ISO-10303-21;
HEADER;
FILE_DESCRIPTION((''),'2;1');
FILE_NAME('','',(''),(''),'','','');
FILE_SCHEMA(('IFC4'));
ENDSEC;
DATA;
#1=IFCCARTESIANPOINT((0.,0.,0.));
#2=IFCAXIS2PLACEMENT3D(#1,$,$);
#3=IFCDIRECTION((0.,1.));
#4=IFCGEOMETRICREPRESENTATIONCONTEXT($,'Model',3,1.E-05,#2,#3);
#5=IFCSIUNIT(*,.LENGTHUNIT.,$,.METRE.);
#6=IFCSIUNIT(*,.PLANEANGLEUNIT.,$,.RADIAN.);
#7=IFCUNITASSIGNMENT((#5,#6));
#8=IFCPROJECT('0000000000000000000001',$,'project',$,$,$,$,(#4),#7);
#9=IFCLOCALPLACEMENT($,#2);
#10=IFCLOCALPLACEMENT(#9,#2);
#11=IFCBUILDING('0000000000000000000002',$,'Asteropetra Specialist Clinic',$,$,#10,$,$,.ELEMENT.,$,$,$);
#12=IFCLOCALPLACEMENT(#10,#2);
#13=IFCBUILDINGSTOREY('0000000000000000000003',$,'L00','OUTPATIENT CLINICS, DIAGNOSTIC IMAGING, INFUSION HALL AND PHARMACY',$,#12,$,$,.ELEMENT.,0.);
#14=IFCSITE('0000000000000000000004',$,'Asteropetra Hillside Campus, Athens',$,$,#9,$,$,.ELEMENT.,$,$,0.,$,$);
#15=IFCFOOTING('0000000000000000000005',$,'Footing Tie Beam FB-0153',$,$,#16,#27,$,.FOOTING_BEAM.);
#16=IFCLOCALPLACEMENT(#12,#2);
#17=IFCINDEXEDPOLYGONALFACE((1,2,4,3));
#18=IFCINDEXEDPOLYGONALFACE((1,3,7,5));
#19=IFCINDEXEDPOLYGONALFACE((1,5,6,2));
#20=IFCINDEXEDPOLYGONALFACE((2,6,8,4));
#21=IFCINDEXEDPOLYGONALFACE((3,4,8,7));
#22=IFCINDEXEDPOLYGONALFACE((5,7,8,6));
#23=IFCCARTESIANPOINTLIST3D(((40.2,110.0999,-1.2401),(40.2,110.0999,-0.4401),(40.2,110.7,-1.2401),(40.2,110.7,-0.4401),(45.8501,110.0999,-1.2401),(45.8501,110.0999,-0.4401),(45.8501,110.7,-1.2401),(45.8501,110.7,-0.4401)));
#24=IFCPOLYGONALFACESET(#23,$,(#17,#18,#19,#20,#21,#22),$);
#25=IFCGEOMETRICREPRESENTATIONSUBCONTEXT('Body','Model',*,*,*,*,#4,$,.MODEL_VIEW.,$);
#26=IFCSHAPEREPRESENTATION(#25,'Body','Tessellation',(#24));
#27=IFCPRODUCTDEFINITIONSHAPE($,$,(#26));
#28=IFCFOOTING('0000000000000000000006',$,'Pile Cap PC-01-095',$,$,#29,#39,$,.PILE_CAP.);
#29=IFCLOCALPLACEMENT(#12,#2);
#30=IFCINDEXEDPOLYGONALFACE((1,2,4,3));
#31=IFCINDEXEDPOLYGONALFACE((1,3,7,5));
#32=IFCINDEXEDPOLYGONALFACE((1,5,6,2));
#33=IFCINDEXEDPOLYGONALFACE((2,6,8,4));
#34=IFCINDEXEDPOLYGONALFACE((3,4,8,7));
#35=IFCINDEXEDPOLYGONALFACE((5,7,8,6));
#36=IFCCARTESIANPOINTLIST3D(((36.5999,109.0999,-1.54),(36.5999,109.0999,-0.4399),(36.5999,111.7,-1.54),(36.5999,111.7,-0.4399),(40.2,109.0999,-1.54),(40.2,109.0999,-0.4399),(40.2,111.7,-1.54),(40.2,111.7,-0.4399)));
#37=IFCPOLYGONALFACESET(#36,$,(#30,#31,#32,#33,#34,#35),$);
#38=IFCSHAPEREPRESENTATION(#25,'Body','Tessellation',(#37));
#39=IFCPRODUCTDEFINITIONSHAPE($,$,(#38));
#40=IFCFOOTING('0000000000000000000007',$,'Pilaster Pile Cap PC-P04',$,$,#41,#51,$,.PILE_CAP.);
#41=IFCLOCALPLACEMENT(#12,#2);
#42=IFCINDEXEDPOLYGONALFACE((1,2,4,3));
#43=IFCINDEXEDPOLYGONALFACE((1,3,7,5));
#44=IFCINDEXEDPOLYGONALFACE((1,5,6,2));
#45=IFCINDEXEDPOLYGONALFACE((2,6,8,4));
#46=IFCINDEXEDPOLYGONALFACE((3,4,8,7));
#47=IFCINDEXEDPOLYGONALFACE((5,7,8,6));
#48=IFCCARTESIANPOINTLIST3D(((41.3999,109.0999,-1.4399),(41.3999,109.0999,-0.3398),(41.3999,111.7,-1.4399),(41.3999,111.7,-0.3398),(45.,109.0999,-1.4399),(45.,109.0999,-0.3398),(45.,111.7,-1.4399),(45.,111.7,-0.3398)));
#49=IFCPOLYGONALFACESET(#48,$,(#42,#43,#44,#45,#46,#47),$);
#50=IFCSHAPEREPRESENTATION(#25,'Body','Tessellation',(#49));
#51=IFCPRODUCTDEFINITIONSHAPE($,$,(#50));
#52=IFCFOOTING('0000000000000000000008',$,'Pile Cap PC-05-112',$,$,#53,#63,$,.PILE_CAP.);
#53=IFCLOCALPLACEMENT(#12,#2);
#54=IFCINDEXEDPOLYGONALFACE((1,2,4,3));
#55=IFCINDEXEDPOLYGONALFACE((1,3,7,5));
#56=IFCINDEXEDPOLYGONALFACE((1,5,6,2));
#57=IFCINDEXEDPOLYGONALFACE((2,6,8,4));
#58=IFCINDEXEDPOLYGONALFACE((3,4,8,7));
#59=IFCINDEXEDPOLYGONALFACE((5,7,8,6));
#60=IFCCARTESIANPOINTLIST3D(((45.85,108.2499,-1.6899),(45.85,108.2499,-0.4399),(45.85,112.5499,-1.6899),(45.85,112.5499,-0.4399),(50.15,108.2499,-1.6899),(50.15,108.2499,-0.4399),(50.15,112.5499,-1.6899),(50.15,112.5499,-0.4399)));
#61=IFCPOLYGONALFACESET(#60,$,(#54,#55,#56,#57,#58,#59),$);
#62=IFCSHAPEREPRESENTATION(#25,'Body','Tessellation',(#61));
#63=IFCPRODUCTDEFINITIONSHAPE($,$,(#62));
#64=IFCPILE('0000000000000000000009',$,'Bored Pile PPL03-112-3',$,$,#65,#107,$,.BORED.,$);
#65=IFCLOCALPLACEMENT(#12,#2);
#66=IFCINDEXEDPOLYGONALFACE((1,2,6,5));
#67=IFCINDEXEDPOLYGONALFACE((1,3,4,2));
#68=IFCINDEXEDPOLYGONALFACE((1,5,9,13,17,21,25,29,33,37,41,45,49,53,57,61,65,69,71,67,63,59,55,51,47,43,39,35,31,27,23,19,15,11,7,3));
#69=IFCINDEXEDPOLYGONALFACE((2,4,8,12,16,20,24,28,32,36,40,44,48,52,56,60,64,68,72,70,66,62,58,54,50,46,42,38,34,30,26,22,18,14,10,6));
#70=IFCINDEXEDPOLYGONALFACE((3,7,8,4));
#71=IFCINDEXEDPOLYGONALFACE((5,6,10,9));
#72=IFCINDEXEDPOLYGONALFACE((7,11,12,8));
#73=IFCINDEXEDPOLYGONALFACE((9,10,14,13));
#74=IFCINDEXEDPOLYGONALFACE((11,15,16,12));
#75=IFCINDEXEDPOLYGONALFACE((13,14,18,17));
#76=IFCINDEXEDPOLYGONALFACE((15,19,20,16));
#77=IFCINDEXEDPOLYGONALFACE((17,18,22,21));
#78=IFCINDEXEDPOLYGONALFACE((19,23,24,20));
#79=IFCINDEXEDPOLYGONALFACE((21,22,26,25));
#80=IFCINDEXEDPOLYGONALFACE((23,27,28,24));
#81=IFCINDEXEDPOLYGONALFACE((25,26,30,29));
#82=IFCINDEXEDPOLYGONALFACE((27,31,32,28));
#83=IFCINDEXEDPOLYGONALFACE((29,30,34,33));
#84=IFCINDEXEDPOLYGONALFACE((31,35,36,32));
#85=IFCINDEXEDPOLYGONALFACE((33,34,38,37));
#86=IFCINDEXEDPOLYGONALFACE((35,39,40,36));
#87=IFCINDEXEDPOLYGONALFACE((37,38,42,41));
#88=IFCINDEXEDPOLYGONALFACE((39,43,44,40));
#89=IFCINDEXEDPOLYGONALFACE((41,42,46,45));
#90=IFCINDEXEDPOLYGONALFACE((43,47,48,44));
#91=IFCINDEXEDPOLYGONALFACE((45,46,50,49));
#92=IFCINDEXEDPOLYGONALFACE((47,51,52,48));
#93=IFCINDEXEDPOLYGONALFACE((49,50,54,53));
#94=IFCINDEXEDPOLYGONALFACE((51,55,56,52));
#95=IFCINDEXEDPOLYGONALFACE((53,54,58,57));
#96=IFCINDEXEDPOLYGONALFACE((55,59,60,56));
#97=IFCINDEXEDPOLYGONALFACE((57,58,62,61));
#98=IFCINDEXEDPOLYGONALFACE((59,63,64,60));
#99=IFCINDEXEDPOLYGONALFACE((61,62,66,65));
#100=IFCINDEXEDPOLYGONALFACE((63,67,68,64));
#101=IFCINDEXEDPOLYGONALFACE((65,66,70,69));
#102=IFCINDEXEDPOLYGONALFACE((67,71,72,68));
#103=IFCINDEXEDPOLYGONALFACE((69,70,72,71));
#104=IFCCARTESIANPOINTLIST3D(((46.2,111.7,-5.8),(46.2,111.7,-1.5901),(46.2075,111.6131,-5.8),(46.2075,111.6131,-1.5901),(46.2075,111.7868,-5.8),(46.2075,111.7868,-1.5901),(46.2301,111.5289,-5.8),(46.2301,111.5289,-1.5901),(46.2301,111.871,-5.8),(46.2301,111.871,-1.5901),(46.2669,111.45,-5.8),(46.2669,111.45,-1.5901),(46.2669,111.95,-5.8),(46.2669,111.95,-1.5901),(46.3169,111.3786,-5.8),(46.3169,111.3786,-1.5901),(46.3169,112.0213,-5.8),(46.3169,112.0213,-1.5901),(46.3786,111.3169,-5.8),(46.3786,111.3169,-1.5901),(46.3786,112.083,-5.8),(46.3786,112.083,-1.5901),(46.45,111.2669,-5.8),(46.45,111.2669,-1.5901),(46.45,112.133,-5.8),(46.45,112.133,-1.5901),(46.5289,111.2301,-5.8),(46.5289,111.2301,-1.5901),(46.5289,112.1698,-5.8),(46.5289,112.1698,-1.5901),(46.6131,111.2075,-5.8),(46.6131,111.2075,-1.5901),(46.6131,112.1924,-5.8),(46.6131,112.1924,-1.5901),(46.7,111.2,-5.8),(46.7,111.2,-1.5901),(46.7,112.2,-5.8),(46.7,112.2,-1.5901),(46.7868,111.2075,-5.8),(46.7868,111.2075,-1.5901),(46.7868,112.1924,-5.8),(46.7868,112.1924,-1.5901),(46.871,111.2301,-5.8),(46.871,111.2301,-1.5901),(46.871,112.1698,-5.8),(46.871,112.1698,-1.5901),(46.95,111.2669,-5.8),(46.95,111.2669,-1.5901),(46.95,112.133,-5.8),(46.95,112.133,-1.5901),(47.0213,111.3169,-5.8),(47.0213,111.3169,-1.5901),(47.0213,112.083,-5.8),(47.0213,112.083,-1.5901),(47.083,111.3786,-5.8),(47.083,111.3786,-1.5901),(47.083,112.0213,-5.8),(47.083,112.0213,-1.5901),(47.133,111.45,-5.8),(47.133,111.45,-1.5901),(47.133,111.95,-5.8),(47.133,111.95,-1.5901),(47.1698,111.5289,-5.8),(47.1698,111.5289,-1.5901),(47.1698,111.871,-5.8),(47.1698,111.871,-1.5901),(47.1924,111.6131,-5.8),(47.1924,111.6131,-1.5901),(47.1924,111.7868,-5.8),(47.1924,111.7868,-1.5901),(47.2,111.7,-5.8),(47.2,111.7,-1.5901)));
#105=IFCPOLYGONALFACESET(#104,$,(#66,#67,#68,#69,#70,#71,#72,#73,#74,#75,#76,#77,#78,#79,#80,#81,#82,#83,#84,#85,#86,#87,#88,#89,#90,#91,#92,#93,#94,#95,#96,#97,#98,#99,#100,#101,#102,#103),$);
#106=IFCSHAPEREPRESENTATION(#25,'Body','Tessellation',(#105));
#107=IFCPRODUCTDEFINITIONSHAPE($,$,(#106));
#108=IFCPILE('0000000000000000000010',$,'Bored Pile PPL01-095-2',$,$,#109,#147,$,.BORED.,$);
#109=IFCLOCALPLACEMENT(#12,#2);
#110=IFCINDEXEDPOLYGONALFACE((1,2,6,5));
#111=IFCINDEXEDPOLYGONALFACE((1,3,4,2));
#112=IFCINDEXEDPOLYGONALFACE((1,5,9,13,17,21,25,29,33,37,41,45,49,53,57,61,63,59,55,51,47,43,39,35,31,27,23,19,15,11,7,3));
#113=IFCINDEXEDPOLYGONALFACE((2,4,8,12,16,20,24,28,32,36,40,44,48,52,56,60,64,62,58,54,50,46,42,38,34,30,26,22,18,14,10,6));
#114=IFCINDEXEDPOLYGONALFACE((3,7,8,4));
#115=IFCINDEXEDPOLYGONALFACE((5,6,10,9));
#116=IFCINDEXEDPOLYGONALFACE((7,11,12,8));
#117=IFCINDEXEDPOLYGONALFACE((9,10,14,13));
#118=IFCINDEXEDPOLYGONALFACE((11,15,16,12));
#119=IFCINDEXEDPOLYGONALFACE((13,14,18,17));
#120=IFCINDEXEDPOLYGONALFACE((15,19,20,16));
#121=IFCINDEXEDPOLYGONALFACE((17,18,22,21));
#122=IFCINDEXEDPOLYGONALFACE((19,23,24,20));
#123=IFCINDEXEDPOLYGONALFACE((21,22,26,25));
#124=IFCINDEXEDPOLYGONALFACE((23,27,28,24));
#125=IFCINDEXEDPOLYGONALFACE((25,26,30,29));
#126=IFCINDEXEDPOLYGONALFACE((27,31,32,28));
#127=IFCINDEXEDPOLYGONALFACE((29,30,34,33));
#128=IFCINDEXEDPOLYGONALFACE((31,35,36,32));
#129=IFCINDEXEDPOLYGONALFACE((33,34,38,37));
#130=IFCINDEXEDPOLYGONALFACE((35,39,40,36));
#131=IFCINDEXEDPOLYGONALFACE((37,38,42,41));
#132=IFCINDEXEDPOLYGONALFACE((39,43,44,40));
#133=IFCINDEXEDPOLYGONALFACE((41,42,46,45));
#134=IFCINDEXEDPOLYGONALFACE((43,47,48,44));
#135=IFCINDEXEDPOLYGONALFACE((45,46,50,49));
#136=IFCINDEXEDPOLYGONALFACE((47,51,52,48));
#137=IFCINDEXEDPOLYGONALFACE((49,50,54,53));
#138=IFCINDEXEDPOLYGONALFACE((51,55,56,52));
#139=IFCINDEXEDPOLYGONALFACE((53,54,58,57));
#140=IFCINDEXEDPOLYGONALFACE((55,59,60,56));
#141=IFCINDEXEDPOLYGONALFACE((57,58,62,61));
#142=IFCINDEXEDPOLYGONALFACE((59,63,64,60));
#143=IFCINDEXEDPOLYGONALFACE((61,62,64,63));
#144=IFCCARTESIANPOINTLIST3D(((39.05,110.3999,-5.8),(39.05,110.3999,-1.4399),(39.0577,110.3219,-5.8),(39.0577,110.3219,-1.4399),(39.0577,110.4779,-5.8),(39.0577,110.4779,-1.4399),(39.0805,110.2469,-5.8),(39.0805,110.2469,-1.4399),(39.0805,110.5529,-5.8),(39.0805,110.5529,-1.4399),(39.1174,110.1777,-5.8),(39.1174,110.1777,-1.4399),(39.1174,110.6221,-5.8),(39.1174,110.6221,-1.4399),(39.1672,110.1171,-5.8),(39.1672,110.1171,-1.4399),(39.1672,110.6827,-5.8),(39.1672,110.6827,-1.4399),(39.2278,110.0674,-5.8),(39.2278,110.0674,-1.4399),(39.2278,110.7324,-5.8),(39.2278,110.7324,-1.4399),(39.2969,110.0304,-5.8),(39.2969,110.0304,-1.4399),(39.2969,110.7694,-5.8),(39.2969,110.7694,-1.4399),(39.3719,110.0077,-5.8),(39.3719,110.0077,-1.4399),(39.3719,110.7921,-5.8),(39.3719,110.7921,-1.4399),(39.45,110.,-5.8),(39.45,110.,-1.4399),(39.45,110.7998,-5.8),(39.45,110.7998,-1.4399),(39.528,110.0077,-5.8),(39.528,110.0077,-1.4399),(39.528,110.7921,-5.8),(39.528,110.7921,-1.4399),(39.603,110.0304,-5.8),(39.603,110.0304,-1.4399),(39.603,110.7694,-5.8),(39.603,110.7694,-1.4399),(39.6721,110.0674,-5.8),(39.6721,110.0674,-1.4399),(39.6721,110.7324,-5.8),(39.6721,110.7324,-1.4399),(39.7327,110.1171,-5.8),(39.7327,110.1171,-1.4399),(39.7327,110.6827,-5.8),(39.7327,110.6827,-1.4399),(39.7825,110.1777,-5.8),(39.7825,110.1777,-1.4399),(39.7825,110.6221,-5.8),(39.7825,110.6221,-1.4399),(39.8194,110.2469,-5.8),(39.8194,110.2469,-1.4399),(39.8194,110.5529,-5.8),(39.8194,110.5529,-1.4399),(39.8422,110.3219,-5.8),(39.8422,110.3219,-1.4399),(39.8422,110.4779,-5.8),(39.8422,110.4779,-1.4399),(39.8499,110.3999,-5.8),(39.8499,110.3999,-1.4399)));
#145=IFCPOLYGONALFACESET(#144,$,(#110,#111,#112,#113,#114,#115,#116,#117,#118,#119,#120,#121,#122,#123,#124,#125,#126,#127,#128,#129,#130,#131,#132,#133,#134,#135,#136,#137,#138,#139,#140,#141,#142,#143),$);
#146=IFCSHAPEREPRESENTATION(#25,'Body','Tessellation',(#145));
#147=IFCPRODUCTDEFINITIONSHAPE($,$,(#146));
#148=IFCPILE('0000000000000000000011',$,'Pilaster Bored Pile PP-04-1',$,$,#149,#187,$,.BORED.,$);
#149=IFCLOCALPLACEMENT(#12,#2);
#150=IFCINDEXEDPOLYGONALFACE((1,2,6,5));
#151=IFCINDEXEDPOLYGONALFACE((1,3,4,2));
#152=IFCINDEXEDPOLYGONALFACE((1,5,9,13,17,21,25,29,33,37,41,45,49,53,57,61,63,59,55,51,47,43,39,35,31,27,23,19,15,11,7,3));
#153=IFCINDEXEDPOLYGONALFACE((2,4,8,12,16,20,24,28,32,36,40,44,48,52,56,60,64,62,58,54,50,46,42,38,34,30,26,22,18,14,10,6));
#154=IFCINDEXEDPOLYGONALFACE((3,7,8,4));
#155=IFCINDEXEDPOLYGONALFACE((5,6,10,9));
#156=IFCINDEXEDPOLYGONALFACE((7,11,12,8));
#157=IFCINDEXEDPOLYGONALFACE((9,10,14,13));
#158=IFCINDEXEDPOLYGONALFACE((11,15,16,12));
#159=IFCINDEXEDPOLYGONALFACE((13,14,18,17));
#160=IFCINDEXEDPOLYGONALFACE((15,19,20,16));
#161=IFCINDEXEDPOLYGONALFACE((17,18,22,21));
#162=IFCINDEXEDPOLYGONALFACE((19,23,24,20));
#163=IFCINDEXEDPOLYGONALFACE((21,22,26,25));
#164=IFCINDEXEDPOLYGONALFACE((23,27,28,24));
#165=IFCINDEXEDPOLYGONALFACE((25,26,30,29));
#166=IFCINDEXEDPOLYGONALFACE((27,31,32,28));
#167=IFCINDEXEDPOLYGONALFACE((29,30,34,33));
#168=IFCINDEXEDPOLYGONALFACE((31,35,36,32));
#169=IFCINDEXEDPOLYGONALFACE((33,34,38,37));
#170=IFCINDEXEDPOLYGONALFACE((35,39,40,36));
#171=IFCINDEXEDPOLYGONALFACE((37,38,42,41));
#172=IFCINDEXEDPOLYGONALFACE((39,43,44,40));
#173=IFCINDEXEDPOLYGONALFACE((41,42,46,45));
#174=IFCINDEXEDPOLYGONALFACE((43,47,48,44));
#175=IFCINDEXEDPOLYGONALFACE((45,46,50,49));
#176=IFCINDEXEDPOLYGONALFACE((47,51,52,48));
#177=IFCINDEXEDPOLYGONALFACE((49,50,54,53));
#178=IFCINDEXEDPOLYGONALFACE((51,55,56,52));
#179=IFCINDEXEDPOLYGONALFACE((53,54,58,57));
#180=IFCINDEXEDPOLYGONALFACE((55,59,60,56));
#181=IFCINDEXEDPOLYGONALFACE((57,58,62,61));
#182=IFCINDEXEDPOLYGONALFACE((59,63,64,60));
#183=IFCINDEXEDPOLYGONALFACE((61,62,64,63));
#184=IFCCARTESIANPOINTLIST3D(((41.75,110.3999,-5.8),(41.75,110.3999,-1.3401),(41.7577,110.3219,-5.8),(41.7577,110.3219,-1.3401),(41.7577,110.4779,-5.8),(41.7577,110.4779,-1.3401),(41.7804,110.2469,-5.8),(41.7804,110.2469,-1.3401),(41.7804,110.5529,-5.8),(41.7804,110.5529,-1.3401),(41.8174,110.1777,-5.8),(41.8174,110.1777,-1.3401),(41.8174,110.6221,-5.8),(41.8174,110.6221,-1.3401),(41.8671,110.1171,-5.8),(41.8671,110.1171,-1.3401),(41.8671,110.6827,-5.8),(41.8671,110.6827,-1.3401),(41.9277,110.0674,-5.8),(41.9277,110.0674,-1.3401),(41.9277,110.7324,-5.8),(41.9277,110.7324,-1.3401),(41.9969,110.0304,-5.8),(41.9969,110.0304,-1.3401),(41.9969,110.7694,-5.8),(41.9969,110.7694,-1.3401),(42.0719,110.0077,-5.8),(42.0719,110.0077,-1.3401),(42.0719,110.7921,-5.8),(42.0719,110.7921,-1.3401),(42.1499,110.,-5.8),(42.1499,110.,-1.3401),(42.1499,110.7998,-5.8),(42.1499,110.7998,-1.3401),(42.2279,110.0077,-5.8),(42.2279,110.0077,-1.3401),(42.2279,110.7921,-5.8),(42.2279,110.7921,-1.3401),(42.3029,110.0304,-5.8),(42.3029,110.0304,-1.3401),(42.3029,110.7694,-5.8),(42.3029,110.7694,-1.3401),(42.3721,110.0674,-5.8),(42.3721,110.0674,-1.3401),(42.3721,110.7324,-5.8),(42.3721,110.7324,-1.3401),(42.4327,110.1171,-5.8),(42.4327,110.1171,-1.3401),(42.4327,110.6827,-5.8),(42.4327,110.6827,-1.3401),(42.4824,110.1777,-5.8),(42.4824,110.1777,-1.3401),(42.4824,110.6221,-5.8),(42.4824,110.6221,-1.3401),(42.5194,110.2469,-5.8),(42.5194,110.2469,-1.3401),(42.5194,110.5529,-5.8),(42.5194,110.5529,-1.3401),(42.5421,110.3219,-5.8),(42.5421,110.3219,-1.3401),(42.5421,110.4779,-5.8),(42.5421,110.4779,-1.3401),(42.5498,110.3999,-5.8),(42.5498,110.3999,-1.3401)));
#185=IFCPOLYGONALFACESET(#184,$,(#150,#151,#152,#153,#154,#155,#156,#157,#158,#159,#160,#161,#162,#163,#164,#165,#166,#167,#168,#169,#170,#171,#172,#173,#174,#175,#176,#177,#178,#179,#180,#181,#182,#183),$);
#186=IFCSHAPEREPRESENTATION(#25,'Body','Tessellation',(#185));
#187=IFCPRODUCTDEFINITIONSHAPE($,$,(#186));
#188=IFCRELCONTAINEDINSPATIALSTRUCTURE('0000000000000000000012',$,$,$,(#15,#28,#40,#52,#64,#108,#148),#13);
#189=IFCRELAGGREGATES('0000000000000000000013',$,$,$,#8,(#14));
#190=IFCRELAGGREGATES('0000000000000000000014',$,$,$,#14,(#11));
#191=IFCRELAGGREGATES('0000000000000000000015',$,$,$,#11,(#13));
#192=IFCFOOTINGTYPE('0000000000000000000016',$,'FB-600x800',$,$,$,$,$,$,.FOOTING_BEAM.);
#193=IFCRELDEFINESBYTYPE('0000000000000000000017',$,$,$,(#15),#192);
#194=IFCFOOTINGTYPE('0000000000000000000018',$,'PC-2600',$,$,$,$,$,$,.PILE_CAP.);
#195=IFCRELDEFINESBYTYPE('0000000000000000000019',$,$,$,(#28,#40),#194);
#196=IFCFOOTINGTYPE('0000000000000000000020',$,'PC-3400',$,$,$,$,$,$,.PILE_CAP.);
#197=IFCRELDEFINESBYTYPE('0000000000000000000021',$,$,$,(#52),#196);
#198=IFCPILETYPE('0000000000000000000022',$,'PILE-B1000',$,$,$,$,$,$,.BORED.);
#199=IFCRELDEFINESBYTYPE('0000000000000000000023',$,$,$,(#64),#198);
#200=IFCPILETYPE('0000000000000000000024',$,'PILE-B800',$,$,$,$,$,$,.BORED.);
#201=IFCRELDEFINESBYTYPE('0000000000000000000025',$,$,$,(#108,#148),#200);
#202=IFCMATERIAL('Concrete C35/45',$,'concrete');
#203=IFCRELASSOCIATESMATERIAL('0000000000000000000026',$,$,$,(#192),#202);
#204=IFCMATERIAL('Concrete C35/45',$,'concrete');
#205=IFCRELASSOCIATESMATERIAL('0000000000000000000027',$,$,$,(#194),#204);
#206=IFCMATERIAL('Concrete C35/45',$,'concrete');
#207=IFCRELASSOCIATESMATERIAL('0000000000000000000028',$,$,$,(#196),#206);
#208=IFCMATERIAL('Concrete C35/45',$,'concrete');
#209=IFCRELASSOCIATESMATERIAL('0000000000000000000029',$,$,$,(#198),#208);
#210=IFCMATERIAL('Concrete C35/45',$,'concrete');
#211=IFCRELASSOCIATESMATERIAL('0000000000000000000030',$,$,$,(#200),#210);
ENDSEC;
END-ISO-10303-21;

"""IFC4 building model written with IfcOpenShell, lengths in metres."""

from ifc_helpers import new_model, si_unit, direction, frame, origin, origin_2d, place, context, subcontext, project, spatial, rectangle, circle, extrude, material, material_profile, profile_set, type_object, element, save


model = new_model("IFC4")

# Units and contexts
model_context = context("Model", 3, precision=1e-05, world=origin(), true_north=direction((0.0, 1.0)))
body_context = subcontext(model_context, "Body", "Model", "MODEL_VIEW")
ifc_project = project(units=[si_unit("LENGTHUNIT", "METRE"), si_unit("PLANEANGLEUNIT", "RADIAN")], contexts=[model_context])

# Site, building, storey
site_placement = place(None, origin())
site = spatial("IfcSite", under=ifc_project, at=site_placement, Name="Asteropetra Hillside Campus, Athens", CompositionType="ELEMENT", RefElevation=0.0)
building_placement = place(site_placement, origin())
building = spatial("IfcBuilding", under=site, at=building_placement, Name="Asteropetra Specialist Clinic", CompositionType="ELEMENT")
storey_placement = place(building_placement, origin())
storey = spatial("IfcBuildingStorey", under=building, at=storey_placement, Name="L00", Description="OUTPATIENT CLINICS, DIAGNOSTIC IMAGING, INFUSION HALL AND PHARMACY", CompositionType="ELEMENT", Elevation=0.0)

# Footings
ifc_material_1 = material(Name="Concrete C35/45", Category="concrete")
ifc_material_profile_1 = material_profile(ifc_material_1, rectangle(XDim=0.6001, YDim=0.8, at=origin_2d()), Name="FB 600x800")
ifc_profile_set_1 = profile_set([ifc_material_profile_1], Name="Concrete C35/45")
footing_type_1 = type_object("IfcFootingType", Name="FB-600x800", PredefinedType="FOOTING_BEAM", material=ifc_profile_set_1)
footing_1_placement = place(storey_placement, frame((40.2, 110.3999, -0.8401), z_axis=(1.0, 0.0, 0.0), x_axis=(0.0, 1.0, 0.0)))
element("IfcFooting", 1, at=footing_1_placement, inside=storey, type_object=footing_type_1, Name="Footing Tie Beam FB-0153", PredefinedType="FOOTING_BEAM", context=body_context, shape_type="SweptSolid", body=[
    extrude(rectangle(XDim=0.6001, YDim=0.8, at=origin_2d()), origin(), (0.0, 0.0, 1.0), 5.6501),
])
ifc_material_2 = material(Name="Concrete C35/45", Category="concrete")
footing_type_2 = type_object("IfcFootingType", Name="PC-2600", PredefinedType="PILE_CAP", material=ifc_material_2)
for number, where, z_axis, x_axis, name in (
    (2, (38.3999, 110.3999, -1.54), (0.0, 0.0, 1.0), (1.0, 0.0, 0.0), "Pile Cap PC-01-095"),
    (3, (43.2, 110.3999, -1.4399), (0.0, 0.0, 1.0), (1.0, 0.0, 0.0), "Pilaster Pile Cap PC-P04"),
):
    element("IfcFooting", number, at=place(storey_placement, frame(where, z_axis=z_axis, x_axis=x_axis)), inside=storey, type_object=footing_type_2, Name=name, PredefinedType="PILE_CAP", context=body_context, shape_type="SweptSolid", body=[
        extrude(rectangle(XDim=3.6001, YDim=2.6001, at=origin_2d()), origin(), (0.0, 0.0, 1.0), 1.1001),
    ])
ifc_material_3 = material(Name="Concrete C35/45", Category="concrete")
footing_type_3 = type_object("IfcFootingType", Name="PC-3400", PredefinedType="PILE_CAP", material=ifc_material_3)
footing_2_placement = place(storey_placement, frame((48.0, 110.3999, -1.6899), z_axis=(0.0, 0.0, 1.0), x_axis=(1.0, 0.0, 0.0)))
element("IfcFooting", 4, at=footing_2_placement, inside=storey, type_object=footing_type_3, Name="Pile Cap PC-05-112", PredefinedType="PILE_CAP", context=body_context, shape_type="SweptSolid", body=[
    extrude(rectangle(XDim=4.3, YDim=4.3, at=origin_2d()), origin(), (0.0, 0.0, 1.0), 1.25),
])

# Piles
ifc_material_4 = material(Name="Concrete C35/45", Category="concrete")
ifc_material_profile_2 = material_profile(ifc_material_4, circle(Radius=0.5, at=origin_2d()), Name="PILE D1000")
ifc_profile_set_2 = profile_set([ifc_material_profile_2], Name="Concrete C35/45")
pile_type_1 = type_object("IfcPileType", Name="PILE-B1000", PredefinedType="BORED", material=ifc_profile_set_2)
pile_1_placement = place(storey_placement, frame((46.7, 111.7, -1.5901), z_axis=(0.0, 0.0, -1.0), x_axis=(1.0, 0.0, 0.0)))
element("IfcPile", 5, at=pile_1_placement, inside=storey, type_object=pile_type_1, Name="Bored Pile PPL03-112-3", PredefinedType="BORED", context=body_context, shape_type="SweptSolid", body=[
    extrude(circle(Radius=0.5, at=origin_2d()), origin(), (0.0, 0.0, 1.0), 4.21),
])
ifc_material_5 = material(Name="Concrete C35/45", Category="concrete")
ifc_material_profile_3 = material_profile(ifc_material_5, circle(Radius=0.3999, at=origin_2d()), Name="PILE D800")
ifc_profile_set_3 = profile_set([ifc_material_profile_3], Name="Concrete C35/45")
pile_type_2 = type_object("IfcPileType", Name="PILE-B800", PredefinedType="BORED", material=ifc_profile_set_3)
pile_2_placement = place(storey_placement, frame((39.45, 110.3999, -1.4399), z_axis=(0.0, 0.0, -1.0), x_axis=(1.0, 0.0, 0.0)))
element("IfcPile", 6, at=pile_2_placement, inside=storey, type_object=pile_type_2, Name="Bored Pile PPL01-095-2", PredefinedType="BORED", context=body_context, shape_type="SweptSolid", body=[
    extrude(circle(Radius=0.3999, at=origin_2d()), origin(), (0.0, 0.0, 1.0), 4.3601),
])
for number, where, z_axis, x_axis, name in (
    (7, (42.1499, 110.3999, -1.3401), (0.0, 0.0, -1.0), (1.0, 0.0, 0.0), "Pilaster Bored Pile PP-04-1"),
):
    element("IfcPile", number, at=place(storey_placement, frame(where, z_axis=z_axis, x_axis=x_axis)), inside=storey, type_object=pile_type_2, Name=name, PredefinedType="BORED", context=body_context, shape_type="SweptSolid", body=[
        extrude(circle(Radius=0.3999, at=origin_2d()), origin(), (0.0, 0.0, 1.0), 4.46),
    ])

save(model, "model.ifc")
